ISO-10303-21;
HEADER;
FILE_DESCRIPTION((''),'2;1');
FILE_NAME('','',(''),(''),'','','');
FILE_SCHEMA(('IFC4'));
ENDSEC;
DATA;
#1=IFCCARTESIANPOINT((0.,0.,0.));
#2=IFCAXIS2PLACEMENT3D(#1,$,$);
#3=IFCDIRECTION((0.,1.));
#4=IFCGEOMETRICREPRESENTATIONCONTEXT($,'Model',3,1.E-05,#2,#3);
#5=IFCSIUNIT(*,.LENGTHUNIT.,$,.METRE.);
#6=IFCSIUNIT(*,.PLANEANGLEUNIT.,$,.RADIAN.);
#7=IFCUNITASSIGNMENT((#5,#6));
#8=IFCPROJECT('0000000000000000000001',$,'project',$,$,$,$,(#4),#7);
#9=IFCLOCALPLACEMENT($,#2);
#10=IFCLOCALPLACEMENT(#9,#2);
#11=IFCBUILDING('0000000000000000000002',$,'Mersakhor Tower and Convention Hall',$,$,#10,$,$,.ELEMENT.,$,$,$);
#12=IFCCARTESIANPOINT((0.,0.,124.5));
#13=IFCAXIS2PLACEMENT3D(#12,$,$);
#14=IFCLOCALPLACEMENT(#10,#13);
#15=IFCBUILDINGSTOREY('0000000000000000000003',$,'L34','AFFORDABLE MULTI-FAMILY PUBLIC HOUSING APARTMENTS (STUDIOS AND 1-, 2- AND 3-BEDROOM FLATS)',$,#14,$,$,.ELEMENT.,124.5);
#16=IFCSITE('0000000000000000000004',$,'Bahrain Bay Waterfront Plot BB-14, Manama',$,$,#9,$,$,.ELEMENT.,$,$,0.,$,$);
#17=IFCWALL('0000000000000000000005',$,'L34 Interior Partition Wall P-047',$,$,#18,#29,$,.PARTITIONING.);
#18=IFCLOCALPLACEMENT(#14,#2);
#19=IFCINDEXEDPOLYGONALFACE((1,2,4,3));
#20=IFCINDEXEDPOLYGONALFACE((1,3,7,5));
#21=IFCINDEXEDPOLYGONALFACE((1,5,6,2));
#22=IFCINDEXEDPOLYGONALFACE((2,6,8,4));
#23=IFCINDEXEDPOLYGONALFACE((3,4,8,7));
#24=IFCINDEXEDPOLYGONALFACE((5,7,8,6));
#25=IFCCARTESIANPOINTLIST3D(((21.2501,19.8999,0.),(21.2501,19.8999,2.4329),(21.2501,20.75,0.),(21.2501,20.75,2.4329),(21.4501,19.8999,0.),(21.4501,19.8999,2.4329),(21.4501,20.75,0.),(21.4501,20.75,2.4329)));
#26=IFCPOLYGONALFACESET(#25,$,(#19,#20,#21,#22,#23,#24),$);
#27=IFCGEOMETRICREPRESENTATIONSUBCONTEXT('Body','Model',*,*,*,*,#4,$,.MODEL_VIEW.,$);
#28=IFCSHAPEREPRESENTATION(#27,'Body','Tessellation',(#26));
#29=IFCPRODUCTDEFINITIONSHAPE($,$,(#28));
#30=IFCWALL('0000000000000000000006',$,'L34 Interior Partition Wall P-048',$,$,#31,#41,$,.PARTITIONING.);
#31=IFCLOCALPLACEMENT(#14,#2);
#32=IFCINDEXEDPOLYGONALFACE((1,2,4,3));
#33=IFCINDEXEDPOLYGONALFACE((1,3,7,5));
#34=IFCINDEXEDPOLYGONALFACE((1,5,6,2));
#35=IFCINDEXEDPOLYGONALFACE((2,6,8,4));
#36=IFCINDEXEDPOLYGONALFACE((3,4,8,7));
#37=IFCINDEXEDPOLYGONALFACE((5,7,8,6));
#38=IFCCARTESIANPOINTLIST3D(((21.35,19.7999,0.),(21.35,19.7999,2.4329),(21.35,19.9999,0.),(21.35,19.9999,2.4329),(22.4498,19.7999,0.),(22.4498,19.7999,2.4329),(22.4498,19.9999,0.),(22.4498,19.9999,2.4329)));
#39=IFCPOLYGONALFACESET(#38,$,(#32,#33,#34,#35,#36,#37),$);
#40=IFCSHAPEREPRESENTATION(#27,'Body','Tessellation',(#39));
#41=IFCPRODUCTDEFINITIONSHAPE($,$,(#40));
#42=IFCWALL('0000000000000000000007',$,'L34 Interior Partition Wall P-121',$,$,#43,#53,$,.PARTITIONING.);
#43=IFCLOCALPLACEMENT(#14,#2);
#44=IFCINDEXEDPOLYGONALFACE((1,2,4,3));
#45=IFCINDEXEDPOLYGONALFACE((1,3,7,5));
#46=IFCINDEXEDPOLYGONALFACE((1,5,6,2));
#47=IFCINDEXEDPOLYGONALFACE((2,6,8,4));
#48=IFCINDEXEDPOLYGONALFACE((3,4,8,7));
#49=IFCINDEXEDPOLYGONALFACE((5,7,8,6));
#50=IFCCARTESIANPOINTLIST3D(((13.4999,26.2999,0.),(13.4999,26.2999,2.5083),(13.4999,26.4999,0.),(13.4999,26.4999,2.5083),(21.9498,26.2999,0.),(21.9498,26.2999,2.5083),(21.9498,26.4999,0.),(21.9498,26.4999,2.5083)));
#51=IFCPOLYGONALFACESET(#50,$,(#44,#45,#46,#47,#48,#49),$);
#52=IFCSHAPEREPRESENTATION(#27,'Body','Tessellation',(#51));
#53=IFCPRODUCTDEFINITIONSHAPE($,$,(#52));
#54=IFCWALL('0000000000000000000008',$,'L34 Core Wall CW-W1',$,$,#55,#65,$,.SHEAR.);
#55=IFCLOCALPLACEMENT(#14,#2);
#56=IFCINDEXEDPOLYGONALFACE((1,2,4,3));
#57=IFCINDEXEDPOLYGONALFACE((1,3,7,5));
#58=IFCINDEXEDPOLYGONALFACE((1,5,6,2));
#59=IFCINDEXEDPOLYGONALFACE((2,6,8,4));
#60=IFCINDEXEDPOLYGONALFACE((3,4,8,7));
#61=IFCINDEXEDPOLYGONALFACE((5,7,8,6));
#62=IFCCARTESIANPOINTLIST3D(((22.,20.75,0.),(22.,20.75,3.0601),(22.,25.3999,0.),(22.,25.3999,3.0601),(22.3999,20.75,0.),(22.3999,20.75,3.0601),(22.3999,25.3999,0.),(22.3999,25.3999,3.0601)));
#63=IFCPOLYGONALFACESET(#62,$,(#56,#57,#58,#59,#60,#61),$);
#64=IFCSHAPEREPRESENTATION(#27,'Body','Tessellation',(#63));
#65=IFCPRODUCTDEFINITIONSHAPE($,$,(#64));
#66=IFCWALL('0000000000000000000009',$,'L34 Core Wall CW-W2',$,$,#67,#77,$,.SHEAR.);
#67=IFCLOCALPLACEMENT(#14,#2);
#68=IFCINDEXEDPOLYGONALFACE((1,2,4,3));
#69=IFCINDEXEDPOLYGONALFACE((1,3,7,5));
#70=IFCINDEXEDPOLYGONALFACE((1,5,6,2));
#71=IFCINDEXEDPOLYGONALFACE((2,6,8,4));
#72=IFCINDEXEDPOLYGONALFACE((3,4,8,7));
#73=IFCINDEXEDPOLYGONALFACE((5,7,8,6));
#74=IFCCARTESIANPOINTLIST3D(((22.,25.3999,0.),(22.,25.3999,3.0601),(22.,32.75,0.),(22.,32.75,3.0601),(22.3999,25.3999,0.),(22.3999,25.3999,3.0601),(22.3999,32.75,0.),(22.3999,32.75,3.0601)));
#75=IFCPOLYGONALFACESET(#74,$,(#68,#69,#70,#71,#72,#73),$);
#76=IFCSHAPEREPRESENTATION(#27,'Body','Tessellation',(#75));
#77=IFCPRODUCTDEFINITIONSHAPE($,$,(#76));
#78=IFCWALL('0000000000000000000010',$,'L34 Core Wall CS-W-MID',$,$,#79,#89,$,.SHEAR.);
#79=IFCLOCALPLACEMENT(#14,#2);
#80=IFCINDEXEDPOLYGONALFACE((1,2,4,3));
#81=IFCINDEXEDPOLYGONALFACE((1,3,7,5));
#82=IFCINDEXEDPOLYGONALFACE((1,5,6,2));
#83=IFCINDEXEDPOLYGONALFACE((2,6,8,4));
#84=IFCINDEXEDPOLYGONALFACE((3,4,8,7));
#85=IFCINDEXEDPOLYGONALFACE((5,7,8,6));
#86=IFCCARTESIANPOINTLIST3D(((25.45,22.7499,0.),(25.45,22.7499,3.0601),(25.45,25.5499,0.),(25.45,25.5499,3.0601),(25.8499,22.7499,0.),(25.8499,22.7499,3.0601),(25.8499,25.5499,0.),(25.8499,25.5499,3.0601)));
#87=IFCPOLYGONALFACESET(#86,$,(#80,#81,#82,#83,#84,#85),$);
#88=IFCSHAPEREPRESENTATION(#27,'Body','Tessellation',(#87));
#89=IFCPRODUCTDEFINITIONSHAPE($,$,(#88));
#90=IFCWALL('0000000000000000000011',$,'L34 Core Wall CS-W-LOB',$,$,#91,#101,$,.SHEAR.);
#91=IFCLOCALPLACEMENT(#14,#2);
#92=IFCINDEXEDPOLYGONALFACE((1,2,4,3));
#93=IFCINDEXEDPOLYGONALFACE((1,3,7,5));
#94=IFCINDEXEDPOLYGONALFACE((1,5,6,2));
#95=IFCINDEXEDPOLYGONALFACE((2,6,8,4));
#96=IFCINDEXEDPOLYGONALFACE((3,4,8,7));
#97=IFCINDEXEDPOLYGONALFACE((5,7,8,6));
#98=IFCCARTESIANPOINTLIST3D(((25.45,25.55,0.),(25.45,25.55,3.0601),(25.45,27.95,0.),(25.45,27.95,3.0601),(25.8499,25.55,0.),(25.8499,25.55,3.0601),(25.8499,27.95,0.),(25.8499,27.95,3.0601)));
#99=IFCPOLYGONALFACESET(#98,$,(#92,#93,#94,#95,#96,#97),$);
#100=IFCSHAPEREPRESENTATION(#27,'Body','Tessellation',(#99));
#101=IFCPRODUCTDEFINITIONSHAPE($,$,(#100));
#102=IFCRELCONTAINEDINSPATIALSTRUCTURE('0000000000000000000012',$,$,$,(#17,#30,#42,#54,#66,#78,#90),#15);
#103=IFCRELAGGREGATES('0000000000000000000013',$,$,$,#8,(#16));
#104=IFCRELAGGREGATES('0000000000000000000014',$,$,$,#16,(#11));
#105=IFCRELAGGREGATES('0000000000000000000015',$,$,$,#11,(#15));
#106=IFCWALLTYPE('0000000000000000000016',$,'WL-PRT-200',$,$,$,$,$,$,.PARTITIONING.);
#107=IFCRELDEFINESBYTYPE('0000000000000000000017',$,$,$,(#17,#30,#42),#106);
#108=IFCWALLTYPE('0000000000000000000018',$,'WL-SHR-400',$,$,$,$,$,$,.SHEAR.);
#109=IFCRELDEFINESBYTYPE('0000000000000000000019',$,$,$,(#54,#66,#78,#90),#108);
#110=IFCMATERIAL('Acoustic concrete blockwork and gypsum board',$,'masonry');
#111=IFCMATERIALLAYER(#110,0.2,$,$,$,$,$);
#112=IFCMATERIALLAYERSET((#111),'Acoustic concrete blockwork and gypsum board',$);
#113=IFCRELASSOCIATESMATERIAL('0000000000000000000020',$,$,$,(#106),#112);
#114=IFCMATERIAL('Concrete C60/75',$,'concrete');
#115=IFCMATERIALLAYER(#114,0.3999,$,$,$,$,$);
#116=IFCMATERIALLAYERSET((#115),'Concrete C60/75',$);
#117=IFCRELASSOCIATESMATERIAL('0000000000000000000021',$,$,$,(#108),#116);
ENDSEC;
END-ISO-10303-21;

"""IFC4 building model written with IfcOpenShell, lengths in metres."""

from ifc_helpers import new_model, si_unit, direction, frame, frame_2d, origin, place, context, subcontext, project, spatial, rectangle, extrude, material, layer, layer_set, type_object, element, save


model = new_model("IFC4")

# Units and contexts
model_context = context("Model", 3, precision=1e-05, world=origin(), true_north=direction((0.0, 1.0)))
body_context = subcontext(model_context, "Body", "Model", "MODEL_VIEW")
ifc_project = project(units=[si_unit("LENGTHUNIT", "METRE"), si_unit("PLANEANGLEUNIT", "RADIAN")], contexts=[model_context])

# Site, building, storey
site_placement = place(None, origin())
site = spatial("IfcSite", under=ifc_project, at=site_placement, Name="Bahrain Bay Waterfront Plot BB-14, Manama", CompositionType="ELEMENT", RefElevation=0.0)
building_placement = place(site_placement, origin())
building = spatial("IfcBuilding", under=site, at=building_placement, Name="Mersakhor Tower and Convention Hall", CompositionType="ELEMENT")
storey_placement = place(building_placement, frame((0.0, 0.0, 124.5)))
storey = spatial("IfcBuildingStorey", under=building, at=storey_placement, Name="L34", Description="AFFORDABLE MULTI-FAMILY PUBLIC HOUSING APARTMENTS (STUDIOS AND 1-, 2- AND 3-BEDROOM FLATS)", CompositionType="ELEMENT", Elevation=124.5)

# Shared definitions
ifc_material_1 = material(Name="Acoustic concrete blockwork and gypsum board", Category="masonry")
ifc_layer_1 = layer(ifc_material_1, 0.2)
ifc_layer_set_1 = layer_set([ifc_layer_1], Name="Acoustic concrete blockwork and gypsum board")
wall_type_1 = type_object("IfcWallType", Name="WL-PRT-200", PredefinedType="PARTITIONING", material=ifc_layer_set_1)

# Walls
wall_1_placement = place(storey_placement, frame((21.3501, 20.75, 0.0), z_axis=(0.0, 0.0, 1.0), x_axis=(0.0, -1.0, 0.0)))
element("IfcWall", 1, at=wall_1_placement, inside=storey, type_object=wall_type_1, Name="L34 Interior Partition Wall P-047", PredefinedType="PARTITIONING", context=body_context, shape_type="SweptSolid", body=[
    extrude(rectangle(XDim=0.8501, YDim=0.2, at=frame_2d((0.425, 0.0))), origin(), (0.0, 0.0, 1.0), 2.4329),
])
wall_2_placement = place(storey_placement, frame((21.3501, 19.8999, 0.0), z_axis=(0.0, 0.0, 1.0), x_axis=(1.0, 0.0, 0.0)))
element("IfcWall", 2, at=wall_2_placement, inside=storey, type_object=wall_type_1, Name="L34 Interior Partition Wall P-048", PredefinedType="PARTITIONING", context=body_context, shape_type="SweptSolid", body=[
    extrude(rectangle(XDim=1.0999, YDim=0.2, at=frame_2d((0.5498, 0.0))), origin(), (0.0, 0.0, 1.0), 2.4329),
])
wall_3_placement = place(storey_placement, frame((21.95, 26.3999, 0.0), z_axis=(0.0, 0.0, 1.0), x_axis=(-1.0, 0.0, 0.0)))
element("IfcWall", 3, at=wall_3_placement, inside=storey, type_object=wall_type_1, Name="L34 Interior Partition Wall P-121", PredefinedType="PARTITIONING", context=body_context, shape_type="SweptSolid", body=[
    extrude(rectangle(XDim=8.45, YDim=0.2, at=frame_2d((4.2251, 0.0))), origin(), (0.0, 0.0, 1.0), 2.5083),
])

# Walls
ifc_material_2 = material(Name="Concrete C60/75", Category="concrete")
ifc_layer_2 = layer(ifc_material_2, 0.3999)
ifc_layer_set_2 = layer_set([ifc_layer_2], Name="Concrete C60/75")
wall_type_2 = type_object("IfcWallType", Name="WL-SHR-400", PredefinedType="SHEAR", material=ifc_layer_set_2)
wall_4_placement = place(storey_placement, frame((22.2, 20.75, 0.0), z_axis=(0.0, 0.0, 1.0), x_axis=(0.0, 1.0, 0.0)))
element("IfcWall", 4, at=wall_4_placement, inside=storey, type_object=wall_type_2, Name="L34 Core Wall CW-W1", PredefinedType="SHEAR", context=body_context, shape_type="SweptSolid", body=[
    extrude(rectangle(XDim=4.6499, YDim=0.3999, at=frame_2d((2.325, 0.0))), origin(), (0.0, 0.0, 1.0), 3.0601),
])
wall_5_placement = place(storey_placement, frame((22.2, 25.3999, 0.0), z_axis=(0.0, 0.0, 1.0), x_axis=(0.0, 1.0, 0.0)))
element("IfcWall", 5, at=wall_5_placement, inside=storey, type_object=wall_type_2, Name="L34 Core Wall CW-W2", PredefinedType="SHEAR", context=body_context, shape_type="SweptSolid", body=[
    extrude(rectangle(XDim=7.3501, YDim=0.3999, at=frame_2d((3.675, 0.0))), origin(), (0.0, 0.0, 1.0), 3.0601),
])

# Walls
wall_6_placement = place(storey_placement, frame((25.6499, 22.75, 0.0), z_axis=(0.0, 0.0, 1.0), x_axis=(0.0, 1.0, 0.0)))
element("IfcWall", 6, at=wall_6_placement, inside=storey, type_object=wall_type_2, Name="L34 Core Wall CS-W-MID", PredefinedType="SHEAR", context=body_context, shape_type="SweptSolid", body=[
    extrude(rectangle(XDim=2.8, YDim=0.3999, at=frame_2d((1.3999, 0.0))), origin(), (0.0, 0.0, 1.0), 3.0601),
])
wall_7_placement = place(storey_placement, frame((25.6499, 25.55, 0.0), z_axis=(0.0, 0.0, 1.0), x_axis=(0.0, 1.0, 0.0)))
element("IfcWall", 7, at=wall_7_placement, inside=storey, type_object=wall_type_2, Name="L34 Core Wall CS-W-LOB", PredefinedType="SHEAR", context=body_context, shape_type="SweptSolid", body=[
    extrude(rectangle(XDim=2.3999, YDim=0.3999, at=frame_2d((1.2, 0.0))), origin(), (0.0, 0.0, 1.0), 3.0601),
])

save(model, "model.ifc")
